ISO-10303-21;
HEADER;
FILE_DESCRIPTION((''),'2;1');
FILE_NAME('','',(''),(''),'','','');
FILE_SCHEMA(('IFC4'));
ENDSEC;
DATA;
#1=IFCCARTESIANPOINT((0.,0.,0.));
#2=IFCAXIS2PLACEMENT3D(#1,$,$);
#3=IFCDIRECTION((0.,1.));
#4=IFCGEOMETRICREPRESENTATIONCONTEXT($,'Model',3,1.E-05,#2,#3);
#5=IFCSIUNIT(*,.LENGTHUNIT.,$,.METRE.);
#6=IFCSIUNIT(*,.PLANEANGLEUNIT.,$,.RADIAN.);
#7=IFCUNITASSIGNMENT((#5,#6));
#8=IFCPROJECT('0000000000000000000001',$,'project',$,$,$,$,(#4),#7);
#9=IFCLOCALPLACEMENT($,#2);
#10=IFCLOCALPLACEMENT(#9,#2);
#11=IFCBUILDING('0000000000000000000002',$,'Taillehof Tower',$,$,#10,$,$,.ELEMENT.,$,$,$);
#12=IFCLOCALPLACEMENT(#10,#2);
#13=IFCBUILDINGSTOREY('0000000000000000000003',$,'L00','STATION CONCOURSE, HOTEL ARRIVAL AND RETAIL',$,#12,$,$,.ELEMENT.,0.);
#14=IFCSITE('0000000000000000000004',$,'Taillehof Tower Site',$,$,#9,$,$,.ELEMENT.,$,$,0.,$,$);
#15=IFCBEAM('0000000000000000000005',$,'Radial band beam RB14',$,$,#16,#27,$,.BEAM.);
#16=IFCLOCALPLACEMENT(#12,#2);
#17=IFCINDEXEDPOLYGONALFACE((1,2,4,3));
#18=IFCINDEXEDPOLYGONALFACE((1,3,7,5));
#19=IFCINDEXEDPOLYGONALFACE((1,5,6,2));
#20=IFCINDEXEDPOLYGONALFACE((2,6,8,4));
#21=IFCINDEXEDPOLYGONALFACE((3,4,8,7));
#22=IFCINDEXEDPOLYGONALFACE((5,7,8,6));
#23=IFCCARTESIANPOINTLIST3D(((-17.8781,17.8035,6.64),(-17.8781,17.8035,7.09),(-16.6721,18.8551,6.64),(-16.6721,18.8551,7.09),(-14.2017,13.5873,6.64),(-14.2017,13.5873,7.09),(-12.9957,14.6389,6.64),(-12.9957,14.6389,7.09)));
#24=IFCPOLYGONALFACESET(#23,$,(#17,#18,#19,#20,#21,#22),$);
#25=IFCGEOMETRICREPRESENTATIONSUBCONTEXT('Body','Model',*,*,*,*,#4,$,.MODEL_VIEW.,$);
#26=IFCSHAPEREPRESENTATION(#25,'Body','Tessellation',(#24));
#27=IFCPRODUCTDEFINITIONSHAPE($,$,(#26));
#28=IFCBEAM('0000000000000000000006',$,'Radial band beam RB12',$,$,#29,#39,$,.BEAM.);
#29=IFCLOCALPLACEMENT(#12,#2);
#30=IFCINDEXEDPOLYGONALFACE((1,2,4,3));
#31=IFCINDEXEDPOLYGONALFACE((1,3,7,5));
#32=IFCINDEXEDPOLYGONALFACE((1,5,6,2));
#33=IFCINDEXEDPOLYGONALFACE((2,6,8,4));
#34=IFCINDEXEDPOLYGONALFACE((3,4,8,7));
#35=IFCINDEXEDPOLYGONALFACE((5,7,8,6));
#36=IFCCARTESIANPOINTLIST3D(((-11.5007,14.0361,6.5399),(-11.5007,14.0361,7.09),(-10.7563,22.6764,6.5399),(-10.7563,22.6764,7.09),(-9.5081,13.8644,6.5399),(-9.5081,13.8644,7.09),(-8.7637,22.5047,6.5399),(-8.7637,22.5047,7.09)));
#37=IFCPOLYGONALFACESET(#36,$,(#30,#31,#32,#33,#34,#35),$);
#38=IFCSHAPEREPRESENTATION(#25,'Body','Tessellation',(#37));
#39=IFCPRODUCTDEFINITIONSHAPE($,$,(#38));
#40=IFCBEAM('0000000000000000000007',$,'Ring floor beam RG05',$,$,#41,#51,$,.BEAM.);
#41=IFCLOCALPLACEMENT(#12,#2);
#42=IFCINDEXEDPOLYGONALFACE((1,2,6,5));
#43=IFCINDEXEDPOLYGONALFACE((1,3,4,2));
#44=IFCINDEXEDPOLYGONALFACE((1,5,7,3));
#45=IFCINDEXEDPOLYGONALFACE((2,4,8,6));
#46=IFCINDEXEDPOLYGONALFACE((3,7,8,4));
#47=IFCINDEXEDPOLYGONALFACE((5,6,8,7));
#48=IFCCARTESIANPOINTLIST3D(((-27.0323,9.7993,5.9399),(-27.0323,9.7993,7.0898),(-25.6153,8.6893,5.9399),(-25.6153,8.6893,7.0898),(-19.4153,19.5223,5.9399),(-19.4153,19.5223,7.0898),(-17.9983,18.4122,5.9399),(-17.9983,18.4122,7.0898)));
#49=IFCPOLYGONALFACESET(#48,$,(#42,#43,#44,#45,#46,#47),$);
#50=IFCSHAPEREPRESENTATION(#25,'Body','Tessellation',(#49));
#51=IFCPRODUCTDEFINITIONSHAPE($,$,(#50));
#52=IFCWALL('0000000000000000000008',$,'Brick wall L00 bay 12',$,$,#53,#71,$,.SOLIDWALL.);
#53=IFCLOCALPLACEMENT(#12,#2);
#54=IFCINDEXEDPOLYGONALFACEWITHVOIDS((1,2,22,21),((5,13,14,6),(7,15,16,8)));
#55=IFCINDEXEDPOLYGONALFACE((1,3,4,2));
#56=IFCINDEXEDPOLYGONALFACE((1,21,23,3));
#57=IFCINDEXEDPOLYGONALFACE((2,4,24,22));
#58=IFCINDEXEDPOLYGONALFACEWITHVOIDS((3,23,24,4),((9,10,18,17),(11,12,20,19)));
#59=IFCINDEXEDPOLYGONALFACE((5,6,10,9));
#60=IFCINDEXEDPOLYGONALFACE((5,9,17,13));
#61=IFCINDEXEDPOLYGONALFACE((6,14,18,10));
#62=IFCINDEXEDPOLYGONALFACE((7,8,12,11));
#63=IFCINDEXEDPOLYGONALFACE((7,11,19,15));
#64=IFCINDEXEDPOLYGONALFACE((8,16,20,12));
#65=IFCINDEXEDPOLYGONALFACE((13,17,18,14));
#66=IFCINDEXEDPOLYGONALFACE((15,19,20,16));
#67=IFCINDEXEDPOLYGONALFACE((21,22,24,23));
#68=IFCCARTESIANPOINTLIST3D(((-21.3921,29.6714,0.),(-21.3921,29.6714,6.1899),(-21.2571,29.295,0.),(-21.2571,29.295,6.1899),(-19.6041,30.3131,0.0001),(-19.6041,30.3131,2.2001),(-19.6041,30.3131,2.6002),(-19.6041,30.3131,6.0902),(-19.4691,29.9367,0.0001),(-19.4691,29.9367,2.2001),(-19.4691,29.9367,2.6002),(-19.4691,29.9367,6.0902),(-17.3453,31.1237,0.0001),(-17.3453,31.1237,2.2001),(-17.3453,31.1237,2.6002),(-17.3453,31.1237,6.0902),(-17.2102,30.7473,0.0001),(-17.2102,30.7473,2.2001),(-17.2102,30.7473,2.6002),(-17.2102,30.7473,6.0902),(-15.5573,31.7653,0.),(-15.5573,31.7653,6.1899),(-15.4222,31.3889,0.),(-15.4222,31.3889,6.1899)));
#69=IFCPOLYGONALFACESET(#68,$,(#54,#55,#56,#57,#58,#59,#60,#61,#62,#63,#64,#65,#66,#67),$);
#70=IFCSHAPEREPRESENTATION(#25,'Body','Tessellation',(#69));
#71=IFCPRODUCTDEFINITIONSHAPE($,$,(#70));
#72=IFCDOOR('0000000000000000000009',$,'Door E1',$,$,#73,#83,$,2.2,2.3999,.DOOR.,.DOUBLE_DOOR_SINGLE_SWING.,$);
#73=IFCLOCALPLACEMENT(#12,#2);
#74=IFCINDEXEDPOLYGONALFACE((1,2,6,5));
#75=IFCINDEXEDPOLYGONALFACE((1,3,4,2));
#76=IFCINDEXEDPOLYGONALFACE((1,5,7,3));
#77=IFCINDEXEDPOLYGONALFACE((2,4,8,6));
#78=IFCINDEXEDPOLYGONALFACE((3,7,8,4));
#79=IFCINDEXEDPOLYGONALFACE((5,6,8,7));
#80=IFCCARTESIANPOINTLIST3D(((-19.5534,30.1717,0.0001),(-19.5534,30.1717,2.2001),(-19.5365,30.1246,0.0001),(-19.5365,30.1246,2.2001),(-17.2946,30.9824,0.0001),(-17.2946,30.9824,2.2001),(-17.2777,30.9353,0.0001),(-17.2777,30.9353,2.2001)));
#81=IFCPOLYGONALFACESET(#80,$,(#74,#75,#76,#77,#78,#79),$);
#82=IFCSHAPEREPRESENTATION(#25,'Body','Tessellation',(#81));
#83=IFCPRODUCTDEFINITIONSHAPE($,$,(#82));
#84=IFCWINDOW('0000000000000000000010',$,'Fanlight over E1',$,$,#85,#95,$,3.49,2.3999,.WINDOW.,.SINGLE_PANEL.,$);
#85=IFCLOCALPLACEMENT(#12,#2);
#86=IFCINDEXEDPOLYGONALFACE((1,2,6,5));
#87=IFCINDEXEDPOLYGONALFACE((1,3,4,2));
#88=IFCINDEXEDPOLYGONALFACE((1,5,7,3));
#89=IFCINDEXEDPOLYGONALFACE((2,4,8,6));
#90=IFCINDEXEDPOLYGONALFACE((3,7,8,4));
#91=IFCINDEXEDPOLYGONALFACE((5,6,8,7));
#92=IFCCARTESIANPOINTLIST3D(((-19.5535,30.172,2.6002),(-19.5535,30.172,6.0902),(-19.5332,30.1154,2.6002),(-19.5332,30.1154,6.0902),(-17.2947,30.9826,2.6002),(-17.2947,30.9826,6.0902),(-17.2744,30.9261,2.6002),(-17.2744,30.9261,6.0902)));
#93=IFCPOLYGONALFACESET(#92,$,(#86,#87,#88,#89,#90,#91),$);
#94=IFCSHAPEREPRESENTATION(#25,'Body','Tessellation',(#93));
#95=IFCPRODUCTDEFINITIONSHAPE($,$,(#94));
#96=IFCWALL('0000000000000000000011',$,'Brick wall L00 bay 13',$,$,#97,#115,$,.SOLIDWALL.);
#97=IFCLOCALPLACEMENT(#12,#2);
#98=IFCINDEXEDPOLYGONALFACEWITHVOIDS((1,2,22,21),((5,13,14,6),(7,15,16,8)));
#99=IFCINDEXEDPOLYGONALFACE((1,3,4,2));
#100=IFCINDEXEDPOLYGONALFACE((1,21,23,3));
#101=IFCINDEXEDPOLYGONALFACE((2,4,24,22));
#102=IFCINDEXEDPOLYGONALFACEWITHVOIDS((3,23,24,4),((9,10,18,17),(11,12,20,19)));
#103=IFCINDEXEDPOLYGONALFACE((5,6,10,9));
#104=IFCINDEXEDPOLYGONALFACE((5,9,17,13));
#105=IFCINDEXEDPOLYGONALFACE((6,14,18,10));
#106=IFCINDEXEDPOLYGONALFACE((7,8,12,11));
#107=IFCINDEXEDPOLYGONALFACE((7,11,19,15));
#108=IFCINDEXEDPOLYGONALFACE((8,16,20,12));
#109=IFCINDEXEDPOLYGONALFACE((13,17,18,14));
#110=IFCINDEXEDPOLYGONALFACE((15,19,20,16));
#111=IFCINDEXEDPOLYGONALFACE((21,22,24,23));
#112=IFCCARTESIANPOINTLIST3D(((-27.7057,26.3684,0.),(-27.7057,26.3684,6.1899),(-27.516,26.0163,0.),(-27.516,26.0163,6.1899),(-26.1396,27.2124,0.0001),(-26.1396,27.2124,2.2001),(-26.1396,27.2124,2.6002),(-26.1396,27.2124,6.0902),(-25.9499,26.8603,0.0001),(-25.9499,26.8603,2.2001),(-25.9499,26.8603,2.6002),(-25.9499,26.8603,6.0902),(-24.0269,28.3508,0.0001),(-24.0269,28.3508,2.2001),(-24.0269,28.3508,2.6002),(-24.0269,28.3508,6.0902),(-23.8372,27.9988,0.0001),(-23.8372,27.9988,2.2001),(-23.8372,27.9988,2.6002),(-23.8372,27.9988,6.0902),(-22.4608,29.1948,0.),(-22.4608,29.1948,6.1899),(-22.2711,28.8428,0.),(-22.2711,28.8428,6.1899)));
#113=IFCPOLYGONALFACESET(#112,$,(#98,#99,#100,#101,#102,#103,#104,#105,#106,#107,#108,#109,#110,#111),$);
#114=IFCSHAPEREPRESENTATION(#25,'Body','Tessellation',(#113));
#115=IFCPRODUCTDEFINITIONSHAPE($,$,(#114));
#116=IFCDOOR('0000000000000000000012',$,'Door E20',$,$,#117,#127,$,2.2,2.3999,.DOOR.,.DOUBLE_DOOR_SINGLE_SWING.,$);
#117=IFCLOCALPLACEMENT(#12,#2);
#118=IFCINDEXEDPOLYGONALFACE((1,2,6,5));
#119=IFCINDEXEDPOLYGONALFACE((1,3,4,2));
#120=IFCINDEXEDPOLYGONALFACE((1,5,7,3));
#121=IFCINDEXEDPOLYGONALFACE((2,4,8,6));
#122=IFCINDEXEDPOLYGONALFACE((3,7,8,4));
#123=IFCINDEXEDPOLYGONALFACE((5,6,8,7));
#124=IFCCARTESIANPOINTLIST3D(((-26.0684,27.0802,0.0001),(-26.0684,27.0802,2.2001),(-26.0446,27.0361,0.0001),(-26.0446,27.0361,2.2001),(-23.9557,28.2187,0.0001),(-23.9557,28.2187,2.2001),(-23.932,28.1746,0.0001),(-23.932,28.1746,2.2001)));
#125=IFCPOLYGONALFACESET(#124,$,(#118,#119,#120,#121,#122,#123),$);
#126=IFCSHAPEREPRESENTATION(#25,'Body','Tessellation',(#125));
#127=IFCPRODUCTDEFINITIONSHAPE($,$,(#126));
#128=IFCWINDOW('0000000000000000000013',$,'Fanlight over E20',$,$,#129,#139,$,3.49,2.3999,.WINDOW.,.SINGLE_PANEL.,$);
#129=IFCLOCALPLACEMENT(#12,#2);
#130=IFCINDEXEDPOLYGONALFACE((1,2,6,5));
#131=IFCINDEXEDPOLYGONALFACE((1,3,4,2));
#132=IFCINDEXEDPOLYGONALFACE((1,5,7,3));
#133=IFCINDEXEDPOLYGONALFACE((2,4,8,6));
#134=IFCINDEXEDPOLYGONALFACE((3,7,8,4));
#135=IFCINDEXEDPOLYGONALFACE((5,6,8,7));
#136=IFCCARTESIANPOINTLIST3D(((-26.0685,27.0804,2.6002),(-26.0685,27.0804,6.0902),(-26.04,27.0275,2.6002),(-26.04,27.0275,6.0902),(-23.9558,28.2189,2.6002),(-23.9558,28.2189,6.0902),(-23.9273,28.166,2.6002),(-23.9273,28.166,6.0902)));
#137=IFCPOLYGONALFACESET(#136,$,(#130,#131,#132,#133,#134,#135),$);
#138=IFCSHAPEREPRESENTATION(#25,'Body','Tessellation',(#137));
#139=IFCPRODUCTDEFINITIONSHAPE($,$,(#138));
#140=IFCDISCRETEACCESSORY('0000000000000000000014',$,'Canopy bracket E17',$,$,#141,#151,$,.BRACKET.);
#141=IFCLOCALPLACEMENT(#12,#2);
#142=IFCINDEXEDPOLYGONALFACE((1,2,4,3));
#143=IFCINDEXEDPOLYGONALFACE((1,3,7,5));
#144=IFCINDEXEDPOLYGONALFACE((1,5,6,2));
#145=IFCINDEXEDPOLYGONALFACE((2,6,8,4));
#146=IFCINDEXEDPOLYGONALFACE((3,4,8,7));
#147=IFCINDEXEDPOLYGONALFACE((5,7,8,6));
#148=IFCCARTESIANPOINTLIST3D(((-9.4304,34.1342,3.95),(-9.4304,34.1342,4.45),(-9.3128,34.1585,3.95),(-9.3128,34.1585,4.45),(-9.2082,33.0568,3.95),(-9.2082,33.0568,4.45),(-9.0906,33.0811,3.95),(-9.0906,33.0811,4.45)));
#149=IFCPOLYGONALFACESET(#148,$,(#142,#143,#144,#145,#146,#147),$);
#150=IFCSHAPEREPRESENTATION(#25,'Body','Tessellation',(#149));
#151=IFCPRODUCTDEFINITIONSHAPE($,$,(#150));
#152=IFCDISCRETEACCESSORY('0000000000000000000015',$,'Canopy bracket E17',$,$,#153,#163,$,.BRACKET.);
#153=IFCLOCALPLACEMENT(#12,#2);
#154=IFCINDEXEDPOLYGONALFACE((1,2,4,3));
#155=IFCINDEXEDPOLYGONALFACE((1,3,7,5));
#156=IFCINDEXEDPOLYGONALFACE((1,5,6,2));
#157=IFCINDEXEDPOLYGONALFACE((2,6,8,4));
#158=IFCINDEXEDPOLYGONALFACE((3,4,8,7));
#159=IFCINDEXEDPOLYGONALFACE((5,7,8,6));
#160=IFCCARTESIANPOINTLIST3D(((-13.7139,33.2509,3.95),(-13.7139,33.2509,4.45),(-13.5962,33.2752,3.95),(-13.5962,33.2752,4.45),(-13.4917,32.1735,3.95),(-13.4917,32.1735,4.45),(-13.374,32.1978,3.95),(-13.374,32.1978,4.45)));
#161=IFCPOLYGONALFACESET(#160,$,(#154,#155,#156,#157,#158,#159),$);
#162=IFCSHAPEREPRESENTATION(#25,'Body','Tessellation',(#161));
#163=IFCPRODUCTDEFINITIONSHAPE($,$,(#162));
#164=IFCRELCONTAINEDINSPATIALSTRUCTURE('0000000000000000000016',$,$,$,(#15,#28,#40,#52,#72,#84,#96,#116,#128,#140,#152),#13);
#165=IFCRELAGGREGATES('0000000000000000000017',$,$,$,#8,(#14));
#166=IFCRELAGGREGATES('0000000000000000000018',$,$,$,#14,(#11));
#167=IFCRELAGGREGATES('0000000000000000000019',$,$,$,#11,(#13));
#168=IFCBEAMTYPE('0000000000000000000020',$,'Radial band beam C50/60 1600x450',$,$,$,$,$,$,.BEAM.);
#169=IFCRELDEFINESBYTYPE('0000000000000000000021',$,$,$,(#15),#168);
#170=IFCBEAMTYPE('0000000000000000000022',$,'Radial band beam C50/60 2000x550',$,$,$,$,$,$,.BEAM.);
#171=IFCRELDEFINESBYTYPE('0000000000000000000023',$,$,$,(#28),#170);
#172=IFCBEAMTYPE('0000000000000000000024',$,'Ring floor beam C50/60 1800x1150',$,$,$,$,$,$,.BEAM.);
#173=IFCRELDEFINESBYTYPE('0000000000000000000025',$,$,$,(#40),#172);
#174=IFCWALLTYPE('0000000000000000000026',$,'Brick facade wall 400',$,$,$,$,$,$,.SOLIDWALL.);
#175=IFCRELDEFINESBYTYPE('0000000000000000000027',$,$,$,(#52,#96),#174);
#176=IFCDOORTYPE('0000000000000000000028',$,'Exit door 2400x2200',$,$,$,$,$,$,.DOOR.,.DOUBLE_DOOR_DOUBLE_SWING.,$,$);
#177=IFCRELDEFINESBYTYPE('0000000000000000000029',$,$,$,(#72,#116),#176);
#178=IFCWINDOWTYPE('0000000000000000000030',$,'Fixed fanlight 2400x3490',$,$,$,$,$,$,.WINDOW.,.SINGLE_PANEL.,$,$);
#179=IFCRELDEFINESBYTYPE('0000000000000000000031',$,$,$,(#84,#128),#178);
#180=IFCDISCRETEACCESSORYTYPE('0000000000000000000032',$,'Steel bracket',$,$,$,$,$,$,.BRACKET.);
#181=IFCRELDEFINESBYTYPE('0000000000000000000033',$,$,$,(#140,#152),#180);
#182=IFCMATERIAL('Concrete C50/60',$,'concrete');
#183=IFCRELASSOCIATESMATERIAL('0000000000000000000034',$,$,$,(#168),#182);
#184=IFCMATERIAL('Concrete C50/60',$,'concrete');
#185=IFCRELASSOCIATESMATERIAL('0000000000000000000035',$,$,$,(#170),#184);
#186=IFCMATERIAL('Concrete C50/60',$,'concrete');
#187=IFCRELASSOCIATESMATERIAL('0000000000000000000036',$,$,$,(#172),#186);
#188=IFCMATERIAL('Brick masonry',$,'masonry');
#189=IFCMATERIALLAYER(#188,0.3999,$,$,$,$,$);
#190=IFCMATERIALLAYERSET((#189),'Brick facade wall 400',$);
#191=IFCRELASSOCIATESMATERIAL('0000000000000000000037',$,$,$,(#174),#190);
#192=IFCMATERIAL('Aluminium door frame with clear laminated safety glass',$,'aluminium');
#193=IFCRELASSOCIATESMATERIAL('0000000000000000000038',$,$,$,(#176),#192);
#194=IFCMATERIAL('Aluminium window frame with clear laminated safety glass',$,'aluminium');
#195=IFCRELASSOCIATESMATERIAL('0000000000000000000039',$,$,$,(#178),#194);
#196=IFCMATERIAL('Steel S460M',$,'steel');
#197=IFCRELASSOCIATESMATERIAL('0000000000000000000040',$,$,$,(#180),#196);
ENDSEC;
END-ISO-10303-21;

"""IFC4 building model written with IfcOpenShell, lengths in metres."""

from ifc_helpers import new_model, si_unit, direction, frame, frame_2d, origin, origin_2d, place, context, subcontext, project, spatial, rectangle, extrude, material, layer, layer_set, material_profile, profile_set, type_object, element, fill, save


model = new_model("IFC4")

# Units and contexts
model_context = context("Model", 3, precision=1e-05, world=origin(), true_north=direction((0.0, 1.0)))
body_context = subcontext(model_context, "Body", "Model", "MODEL_VIEW")
ifc_project = project(units=[si_unit("LENGTHUNIT", "METRE"), si_unit("PLANEANGLEUNIT", "RADIAN")], contexts=[model_context])

# Site, building, storey
site_placement = place(None, origin())
site = spatial("IfcSite", under=ifc_project, at=site_placement, Name="Taillehof Tower Site", CompositionType="ELEMENT", RefElevation=0.0)
building_placement = place(site_placement, origin())
building = spatial("IfcBuilding", under=site, at=building_placement, Name="Taillehof Tower", CompositionType="ELEMENT")
storey_placement = place(building_placement, origin())
storey = spatial("IfcBuildingStorey", under=building, at=storey_placement, Name="L00", Description="STATION CONCOURSE, HOTEL ARRIVAL AND RETAIL", CompositionType="ELEMENT", Elevation=0.0)

# Beams
ifc_material_1 = material(Name="Concrete C50/60", Category="concrete")
ifc_material_profile_1 = material_profile(ifc_material_1, rectangle(XDim=1.6001, YDim=0.45, at=origin_2d()), Name="RC 1600x450")
ifc_profile_set_1 = profile_set([ifc_material_profile_1], Name="Concrete C50/60")
beam_type_1 = type_object("IfcBeamType", Name="Radial band beam C50/60 1600x450", PredefinedType="BEAM", material=ifc_profile_set_1)
beam_1_placement = place(storey_placement, frame((-17.2751, 18.3293, 6.865), z_axis=(0.657212, -0.753706, 0.0), x_axis=(0.753706, 0.657212, 0.0)))
element("IfcBeam", 1, at=beam_1_placement, inside=storey, type_object=beam_type_1, Name="Radial band beam RB14", PredefinedType="BEAM", context=body_context, shape_type="SweptSolid", body=[
    extrude(rectangle(XDim=1.6001, YDim=0.45, at=origin_2d()), origin(), (0.0, 0.0, 1.0), 5.594),
])
ifc_material_2 = material(Name="Concrete C50/60", Category="concrete")
ifc_material_profile_2 = material_profile(ifc_material_2, rectangle(XDim=2.0, YDim=0.55, at=origin_2d()), Name="RC 2000x550")
ifc_profile_set_2 = profile_set([ifc_material_profile_2], Name="Concrete C50/60")
beam_type_2 = type_object("IfcBeamType", Name="Radial band beam C50/60 2000x550", PredefinedType="BEAM", material=ifc_profile_set_2)
beam_2_placement = place(storey_placement, frame((-9.76, 22.5906, 6.8149), z_axis=(-0.085834, -0.996309, 0.0), x_axis=(0.996309, -0.085834, 0.0)))
element("IfcBeam", 2, at=beam_2_placement, inside=storey, type_object=beam_type_2, Name="Radial band beam RB12", PredefinedType="BEAM", context=body_context, shape_type="SweptSolid", body=[
    extrude(rectangle(XDim=2.0, YDim=0.55, at=origin_2d()), origin(), (0.0, 0.0, 1.0), 8.6724),
])
ifc_material_3 = material(Name="Concrete C50/60", Category="concrete")
ifc_material_profile_3 = material_profile(ifc_material_3, rectangle(XDim=1.8, YDim=1.1499, at=origin_2d()), Name="RC 1800x1150")
ifc_profile_set_3 = profile_set([ifc_material_profile_3], Name="Concrete C50/60")
beam_type_3 = type_object("IfcBeamType", Name="Ring floor beam C50/60 1800x1150", PredefinedType="BEAM", material=ifc_profile_set_3)
beam_3_placement = place(storey_placement, frame((-18.7068, 18.9673, 6.5149), z_axis=(-0.616696, -0.787202, 0.0), x_axis=(0.787202, -0.616696, 0.0)))
element("IfcBeam", 3, at=beam_3_placement, inside=storey, type_object=beam_type_3, Name="Ring floor beam RG05", PredefinedType="BEAM", context=body_context, shape_type="SweptSolid", body=[
    extrude(rectangle(XDim=1.8, YDim=1.1499, at=origin_2d()), origin(), (0.0, 0.0, 1.0), 12.3513),
])

# Walls, openings, doors, windows
ifc_material_4 = material(Name="Brick masonry", Category="masonry")
ifc_layer = layer(ifc_material_4, 0.3999)
ifc_layer_set = layer_set([ifc_layer], Name="Brick facade wall 400")
wall_type = type_object("IfcWallType", Name="Brick facade wall 400", PredefinedType="SOLIDWALL", material=ifc_layer_set)
wall_1_placement = place(storey_placement, frame((-15.4897, 31.5771, 0.0), z_axis=(0.0, 0.0, 1.0), x_axis=(-0.941226, -0.337778, 0.0)))
wall_1 = element("IfcWall", 4, at=wall_1_placement, inside=storey, type_object=wall_type, Name="Brick wall L00 bay 12", PredefinedType="SOLIDWALL", context=body_context, shape_type="SweptSolid", body=[
    extrude(rectangle(XDim=6.1992, YDim=0.3999, at=frame_2d((3.0996, 0.0))), origin(), (0.0, 0.0, 1.0), 6.1899),
])
opening_1_placement = place(wall_1_placement, frame((1.8997, 0.0, 0.0)))
opening_1 = element("IfcOpeningElement", 5, at=opening_1_placement, cuts=wall_1, PredefinedType="OPENING", context=body_context, shape_type="SweptSolid", body=[
    extrude(rectangle(XDim=2.3999, YDim=2.2, at=frame_2d((1.2, 1.1001))), frame((0.0, 0.21, 0.0), z_axis=(0.0, -1.0, 0.0), x_axis=(1.0, 0.0, 0.0)), (0.0, 0.0, 1.0), 0.4199),
])
opening_2_placement = place(wall_1_placement, frame((1.8997, 0.0, 2.6001)))
opening_2 = element("IfcOpeningElement", 6, at=opening_2_placement, cuts=wall_1, PredefinedType="OPENING", context=body_context, shape_type="SweptSolid", body=[
    extrude(rectangle(XDim=2.3999, YDim=3.49, at=frame_2d((1.2, 1.7451))), frame((0.0, 0.21, 0.0), z_axis=(0.0, -1.0, 0.0), x_axis=(1.0, 0.0, 0.0)), (0.0, 0.0, 1.0), 0.4199),
])
ifc_material_5 = material(Name="Aluminium door frame with clear laminated safety glass", Category="aluminium")
door_type = type_object("IfcDoorType", Name="Exit door 2400x2200", OperationType="DOUBLE_DOOR_DOUBLE_SWING", PredefinedType="DOOR", material=ifc_material_5)
door_1_placement = place(opening_1_placement, frame((2.3999, 0.0, 0.0), z_axis=(0.0, 0.0, 1.0), x_axis=(-1.0, 0.0, 0.0)))
door_1 = element("IfcDoor", 7, at=door_1_placement, inside=storey, type_object=door_type, Name="Door E1", OperationType="DOUBLE_DOOR_SINGLE_SWING", OverallHeight=2.2, OverallWidth=2.3999, PredefinedType="DOOR", context=body_context, shape_type="SweptSolid", body=[
    extrude(rectangle(XDim=2.3999, YDim=2.2, at=frame_2d((1.2, 1.1001))), frame((0.0, 0.0498, 0.0), z_axis=(0.0, -1.0, 0.0), x_axis=(1.0, 0.0, 0.0)), (0.0, 0.0, 1.0), 0.05),
])
fill(opening_1, door_1)
ifc_material_6 = material(Name="Aluminium window frame with clear laminated safety glass", Category="aluminium")
window_type = type_object("IfcWindowType", Name="Fixed fanlight 2400x3490", PartitioningType="SINGLE_PANEL", PredefinedType="WINDOW", material=ifc_material_6)
window_1_placement = place(opening_2_placement, origin())
window_1 = element("IfcWindow", 8, at=window_1_placement, inside=storey, type_object=window_type, Name="Fanlight over E1", OverallHeight=3.49, OverallWidth=2.3999, PartitioningType="SINGLE_PANEL", PredefinedType="WINDOW", context=body_context, shape_type="SweptSolid", body=[
    extrude(rectangle(XDim=2.3999, YDim=3.49, at=frame_2d((1.2, 1.7451))), frame((0.0, 0.01, 0.0), z_axis=(0.0, -1.0, 0.0), x_axis=(1.0, 0.0, 0.0)), (0.0, 0.0, 1.0), 0.0601),
])
fill(opening_2, window_1)
wall_2_placement = place(storey_placement, frame((-22.366, 29.0188, 0.0), z_axis=(0.0, 0.0, 1.0), x_axis=(-0.880313, -0.474393, 0.0)))
wall_2 = element("IfcWall", 9, at=wall_2_placement, inside=storey, type_object=wall_type, Name="Brick wall L00 bay 13", PredefinedType="SOLIDWALL", context=body_context, shape_type="SweptSolid", body=[
    extrude(rectangle(XDim=5.958, YDim=0.3999, at=frame_2d((2.979, 0.0))), origin(), (0.0, 0.0, 1.0), 6.1899),
])
opening_3_placement = place(wall_2_placement, frame((1.7791, 0.0, 0.0)))
opening_3 = element("IfcOpeningElement", 10, at=opening_3_placement, cuts=wall_2, PredefinedType="OPENING", context=body_context, shape_type="SweptSolid", body=[
    extrude(rectangle(XDim=2.3999, YDim=2.2, at=frame_2d((1.2, 1.1001))), frame((0.0, 0.21, 0.0), z_axis=(0.0, -1.0, 0.0), x_axis=(1.0, 0.0, 0.0)), (0.0, 0.0, 1.0), 0.4199),
])
opening_4_placement = place(wall_2_placement, frame((1.7791, 0.0, 2.6001)))
opening_4 = element("IfcOpeningElement", 11, at=opening_4_placement, cuts=wall_2, PredefinedType="OPENING", context=body_context, shape_type="SweptSolid", body=[
    extrude(rectangle(XDim=2.3999, YDim=3.49, at=frame_2d((1.2, 1.7451))), frame((0.0, 0.21, 0.0), z_axis=(0.0, -1.0, 0.0), x_axis=(1.0, 0.0, 0.0)), (0.0, 0.0, 1.0), 0.4199),
])
door_2_placement = place(opening_3_placement, frame((2.3999, 0.0, 0.0), z_axis=(0.0, 0.0, 1.0), x_axis=(-1.0, 0.0, 0.0)))
door_2 = element("IfcDoor", 12, at=door_2_placement, inside=storey, type_object=door_type, Name="Door E20", OperationType="DOUBLE_DOOR_SINGLE_SWING", OverallHeight=2.2, OverallWidth=2.3999, PredefinedType="DOOR", context=body_context, shape_type="SweptSolid", body=[
    extrude(rectangle(XDim=2.3999, YDim=2.2, at=frame_2d((1.2, 1.1001))), frame((0.0, 0.0498, 0.0), z_axis=(0.0, -1.0, 0.0), x_axis=(1.0, 0.0, 0.0)), (0.0, 0.0, 1.0), 0.05),
])
fill(opening_3, door_2)
window_2_placement = place(opening_4_placement, origin())
window_2 = element("IfcWindow", 13, at=window_2_placement, inside=storey, type_object=window_type, Name="Fanlight over E20", OverallHeight=3.49, OverallWidth=2.3999, PartitioningType="SINGLE_PANEL", PredefinedType="WINDOW", context=body_context, shape_type="SweptSolid", body=[
    extrude(rectangle(XDim=2.3999, YDim=3.49, at=frame_2d((1.2, 1.7451))), frame((0.0, 0.01, 0.0), z_axis=(0.0, -1.0, 0.0), x_axis=(1.0, 0.0, 0.0)), (0.0, 0.0, 1.0), 0.0601),
])
fill(opening_4, window_2)

# Discrete accessories
ifc_material_7 = material(Name="Steel S460M", Category="steel")
discrete_accessory_type_1 = type_object("IfcDiscreteAccessoryType", Name="Steel bracket", PredefinedType="BRACKET", material=ifc_material_7)
for number, where, z_axis, x_axis, name in (
    (14, (-9.2605, 33.6077, 3.95), (0.0, 0.0, 1.0), (-0.201975, 0.979391, 0.0), "Canopy bracket E17"),
    (15, (-13.5439, 32.7244, 3.95), (0.0, 0.0, 1.0), (-0.201975, 0.979391, 0.0), "Canopy bracket E17"),
):
    element("IfcDiscreteAccessory", number, at=place(storey_placement, frame(where, z_axis=z_axis, x_axis=x_axis)), inside=storey, type_object=discrete_accessory_type_1, Name=name, PredefinedType="BRACKET", context=body_context, shape_type="SweptSolid", body=[
        extrude(rectangle(XDim=1.1001, YDim=0.1201, at=origin_2d()), origin(), (0.0, 0.0, 1.0), 0.5),
    ])

save(model, "model.ifc")
